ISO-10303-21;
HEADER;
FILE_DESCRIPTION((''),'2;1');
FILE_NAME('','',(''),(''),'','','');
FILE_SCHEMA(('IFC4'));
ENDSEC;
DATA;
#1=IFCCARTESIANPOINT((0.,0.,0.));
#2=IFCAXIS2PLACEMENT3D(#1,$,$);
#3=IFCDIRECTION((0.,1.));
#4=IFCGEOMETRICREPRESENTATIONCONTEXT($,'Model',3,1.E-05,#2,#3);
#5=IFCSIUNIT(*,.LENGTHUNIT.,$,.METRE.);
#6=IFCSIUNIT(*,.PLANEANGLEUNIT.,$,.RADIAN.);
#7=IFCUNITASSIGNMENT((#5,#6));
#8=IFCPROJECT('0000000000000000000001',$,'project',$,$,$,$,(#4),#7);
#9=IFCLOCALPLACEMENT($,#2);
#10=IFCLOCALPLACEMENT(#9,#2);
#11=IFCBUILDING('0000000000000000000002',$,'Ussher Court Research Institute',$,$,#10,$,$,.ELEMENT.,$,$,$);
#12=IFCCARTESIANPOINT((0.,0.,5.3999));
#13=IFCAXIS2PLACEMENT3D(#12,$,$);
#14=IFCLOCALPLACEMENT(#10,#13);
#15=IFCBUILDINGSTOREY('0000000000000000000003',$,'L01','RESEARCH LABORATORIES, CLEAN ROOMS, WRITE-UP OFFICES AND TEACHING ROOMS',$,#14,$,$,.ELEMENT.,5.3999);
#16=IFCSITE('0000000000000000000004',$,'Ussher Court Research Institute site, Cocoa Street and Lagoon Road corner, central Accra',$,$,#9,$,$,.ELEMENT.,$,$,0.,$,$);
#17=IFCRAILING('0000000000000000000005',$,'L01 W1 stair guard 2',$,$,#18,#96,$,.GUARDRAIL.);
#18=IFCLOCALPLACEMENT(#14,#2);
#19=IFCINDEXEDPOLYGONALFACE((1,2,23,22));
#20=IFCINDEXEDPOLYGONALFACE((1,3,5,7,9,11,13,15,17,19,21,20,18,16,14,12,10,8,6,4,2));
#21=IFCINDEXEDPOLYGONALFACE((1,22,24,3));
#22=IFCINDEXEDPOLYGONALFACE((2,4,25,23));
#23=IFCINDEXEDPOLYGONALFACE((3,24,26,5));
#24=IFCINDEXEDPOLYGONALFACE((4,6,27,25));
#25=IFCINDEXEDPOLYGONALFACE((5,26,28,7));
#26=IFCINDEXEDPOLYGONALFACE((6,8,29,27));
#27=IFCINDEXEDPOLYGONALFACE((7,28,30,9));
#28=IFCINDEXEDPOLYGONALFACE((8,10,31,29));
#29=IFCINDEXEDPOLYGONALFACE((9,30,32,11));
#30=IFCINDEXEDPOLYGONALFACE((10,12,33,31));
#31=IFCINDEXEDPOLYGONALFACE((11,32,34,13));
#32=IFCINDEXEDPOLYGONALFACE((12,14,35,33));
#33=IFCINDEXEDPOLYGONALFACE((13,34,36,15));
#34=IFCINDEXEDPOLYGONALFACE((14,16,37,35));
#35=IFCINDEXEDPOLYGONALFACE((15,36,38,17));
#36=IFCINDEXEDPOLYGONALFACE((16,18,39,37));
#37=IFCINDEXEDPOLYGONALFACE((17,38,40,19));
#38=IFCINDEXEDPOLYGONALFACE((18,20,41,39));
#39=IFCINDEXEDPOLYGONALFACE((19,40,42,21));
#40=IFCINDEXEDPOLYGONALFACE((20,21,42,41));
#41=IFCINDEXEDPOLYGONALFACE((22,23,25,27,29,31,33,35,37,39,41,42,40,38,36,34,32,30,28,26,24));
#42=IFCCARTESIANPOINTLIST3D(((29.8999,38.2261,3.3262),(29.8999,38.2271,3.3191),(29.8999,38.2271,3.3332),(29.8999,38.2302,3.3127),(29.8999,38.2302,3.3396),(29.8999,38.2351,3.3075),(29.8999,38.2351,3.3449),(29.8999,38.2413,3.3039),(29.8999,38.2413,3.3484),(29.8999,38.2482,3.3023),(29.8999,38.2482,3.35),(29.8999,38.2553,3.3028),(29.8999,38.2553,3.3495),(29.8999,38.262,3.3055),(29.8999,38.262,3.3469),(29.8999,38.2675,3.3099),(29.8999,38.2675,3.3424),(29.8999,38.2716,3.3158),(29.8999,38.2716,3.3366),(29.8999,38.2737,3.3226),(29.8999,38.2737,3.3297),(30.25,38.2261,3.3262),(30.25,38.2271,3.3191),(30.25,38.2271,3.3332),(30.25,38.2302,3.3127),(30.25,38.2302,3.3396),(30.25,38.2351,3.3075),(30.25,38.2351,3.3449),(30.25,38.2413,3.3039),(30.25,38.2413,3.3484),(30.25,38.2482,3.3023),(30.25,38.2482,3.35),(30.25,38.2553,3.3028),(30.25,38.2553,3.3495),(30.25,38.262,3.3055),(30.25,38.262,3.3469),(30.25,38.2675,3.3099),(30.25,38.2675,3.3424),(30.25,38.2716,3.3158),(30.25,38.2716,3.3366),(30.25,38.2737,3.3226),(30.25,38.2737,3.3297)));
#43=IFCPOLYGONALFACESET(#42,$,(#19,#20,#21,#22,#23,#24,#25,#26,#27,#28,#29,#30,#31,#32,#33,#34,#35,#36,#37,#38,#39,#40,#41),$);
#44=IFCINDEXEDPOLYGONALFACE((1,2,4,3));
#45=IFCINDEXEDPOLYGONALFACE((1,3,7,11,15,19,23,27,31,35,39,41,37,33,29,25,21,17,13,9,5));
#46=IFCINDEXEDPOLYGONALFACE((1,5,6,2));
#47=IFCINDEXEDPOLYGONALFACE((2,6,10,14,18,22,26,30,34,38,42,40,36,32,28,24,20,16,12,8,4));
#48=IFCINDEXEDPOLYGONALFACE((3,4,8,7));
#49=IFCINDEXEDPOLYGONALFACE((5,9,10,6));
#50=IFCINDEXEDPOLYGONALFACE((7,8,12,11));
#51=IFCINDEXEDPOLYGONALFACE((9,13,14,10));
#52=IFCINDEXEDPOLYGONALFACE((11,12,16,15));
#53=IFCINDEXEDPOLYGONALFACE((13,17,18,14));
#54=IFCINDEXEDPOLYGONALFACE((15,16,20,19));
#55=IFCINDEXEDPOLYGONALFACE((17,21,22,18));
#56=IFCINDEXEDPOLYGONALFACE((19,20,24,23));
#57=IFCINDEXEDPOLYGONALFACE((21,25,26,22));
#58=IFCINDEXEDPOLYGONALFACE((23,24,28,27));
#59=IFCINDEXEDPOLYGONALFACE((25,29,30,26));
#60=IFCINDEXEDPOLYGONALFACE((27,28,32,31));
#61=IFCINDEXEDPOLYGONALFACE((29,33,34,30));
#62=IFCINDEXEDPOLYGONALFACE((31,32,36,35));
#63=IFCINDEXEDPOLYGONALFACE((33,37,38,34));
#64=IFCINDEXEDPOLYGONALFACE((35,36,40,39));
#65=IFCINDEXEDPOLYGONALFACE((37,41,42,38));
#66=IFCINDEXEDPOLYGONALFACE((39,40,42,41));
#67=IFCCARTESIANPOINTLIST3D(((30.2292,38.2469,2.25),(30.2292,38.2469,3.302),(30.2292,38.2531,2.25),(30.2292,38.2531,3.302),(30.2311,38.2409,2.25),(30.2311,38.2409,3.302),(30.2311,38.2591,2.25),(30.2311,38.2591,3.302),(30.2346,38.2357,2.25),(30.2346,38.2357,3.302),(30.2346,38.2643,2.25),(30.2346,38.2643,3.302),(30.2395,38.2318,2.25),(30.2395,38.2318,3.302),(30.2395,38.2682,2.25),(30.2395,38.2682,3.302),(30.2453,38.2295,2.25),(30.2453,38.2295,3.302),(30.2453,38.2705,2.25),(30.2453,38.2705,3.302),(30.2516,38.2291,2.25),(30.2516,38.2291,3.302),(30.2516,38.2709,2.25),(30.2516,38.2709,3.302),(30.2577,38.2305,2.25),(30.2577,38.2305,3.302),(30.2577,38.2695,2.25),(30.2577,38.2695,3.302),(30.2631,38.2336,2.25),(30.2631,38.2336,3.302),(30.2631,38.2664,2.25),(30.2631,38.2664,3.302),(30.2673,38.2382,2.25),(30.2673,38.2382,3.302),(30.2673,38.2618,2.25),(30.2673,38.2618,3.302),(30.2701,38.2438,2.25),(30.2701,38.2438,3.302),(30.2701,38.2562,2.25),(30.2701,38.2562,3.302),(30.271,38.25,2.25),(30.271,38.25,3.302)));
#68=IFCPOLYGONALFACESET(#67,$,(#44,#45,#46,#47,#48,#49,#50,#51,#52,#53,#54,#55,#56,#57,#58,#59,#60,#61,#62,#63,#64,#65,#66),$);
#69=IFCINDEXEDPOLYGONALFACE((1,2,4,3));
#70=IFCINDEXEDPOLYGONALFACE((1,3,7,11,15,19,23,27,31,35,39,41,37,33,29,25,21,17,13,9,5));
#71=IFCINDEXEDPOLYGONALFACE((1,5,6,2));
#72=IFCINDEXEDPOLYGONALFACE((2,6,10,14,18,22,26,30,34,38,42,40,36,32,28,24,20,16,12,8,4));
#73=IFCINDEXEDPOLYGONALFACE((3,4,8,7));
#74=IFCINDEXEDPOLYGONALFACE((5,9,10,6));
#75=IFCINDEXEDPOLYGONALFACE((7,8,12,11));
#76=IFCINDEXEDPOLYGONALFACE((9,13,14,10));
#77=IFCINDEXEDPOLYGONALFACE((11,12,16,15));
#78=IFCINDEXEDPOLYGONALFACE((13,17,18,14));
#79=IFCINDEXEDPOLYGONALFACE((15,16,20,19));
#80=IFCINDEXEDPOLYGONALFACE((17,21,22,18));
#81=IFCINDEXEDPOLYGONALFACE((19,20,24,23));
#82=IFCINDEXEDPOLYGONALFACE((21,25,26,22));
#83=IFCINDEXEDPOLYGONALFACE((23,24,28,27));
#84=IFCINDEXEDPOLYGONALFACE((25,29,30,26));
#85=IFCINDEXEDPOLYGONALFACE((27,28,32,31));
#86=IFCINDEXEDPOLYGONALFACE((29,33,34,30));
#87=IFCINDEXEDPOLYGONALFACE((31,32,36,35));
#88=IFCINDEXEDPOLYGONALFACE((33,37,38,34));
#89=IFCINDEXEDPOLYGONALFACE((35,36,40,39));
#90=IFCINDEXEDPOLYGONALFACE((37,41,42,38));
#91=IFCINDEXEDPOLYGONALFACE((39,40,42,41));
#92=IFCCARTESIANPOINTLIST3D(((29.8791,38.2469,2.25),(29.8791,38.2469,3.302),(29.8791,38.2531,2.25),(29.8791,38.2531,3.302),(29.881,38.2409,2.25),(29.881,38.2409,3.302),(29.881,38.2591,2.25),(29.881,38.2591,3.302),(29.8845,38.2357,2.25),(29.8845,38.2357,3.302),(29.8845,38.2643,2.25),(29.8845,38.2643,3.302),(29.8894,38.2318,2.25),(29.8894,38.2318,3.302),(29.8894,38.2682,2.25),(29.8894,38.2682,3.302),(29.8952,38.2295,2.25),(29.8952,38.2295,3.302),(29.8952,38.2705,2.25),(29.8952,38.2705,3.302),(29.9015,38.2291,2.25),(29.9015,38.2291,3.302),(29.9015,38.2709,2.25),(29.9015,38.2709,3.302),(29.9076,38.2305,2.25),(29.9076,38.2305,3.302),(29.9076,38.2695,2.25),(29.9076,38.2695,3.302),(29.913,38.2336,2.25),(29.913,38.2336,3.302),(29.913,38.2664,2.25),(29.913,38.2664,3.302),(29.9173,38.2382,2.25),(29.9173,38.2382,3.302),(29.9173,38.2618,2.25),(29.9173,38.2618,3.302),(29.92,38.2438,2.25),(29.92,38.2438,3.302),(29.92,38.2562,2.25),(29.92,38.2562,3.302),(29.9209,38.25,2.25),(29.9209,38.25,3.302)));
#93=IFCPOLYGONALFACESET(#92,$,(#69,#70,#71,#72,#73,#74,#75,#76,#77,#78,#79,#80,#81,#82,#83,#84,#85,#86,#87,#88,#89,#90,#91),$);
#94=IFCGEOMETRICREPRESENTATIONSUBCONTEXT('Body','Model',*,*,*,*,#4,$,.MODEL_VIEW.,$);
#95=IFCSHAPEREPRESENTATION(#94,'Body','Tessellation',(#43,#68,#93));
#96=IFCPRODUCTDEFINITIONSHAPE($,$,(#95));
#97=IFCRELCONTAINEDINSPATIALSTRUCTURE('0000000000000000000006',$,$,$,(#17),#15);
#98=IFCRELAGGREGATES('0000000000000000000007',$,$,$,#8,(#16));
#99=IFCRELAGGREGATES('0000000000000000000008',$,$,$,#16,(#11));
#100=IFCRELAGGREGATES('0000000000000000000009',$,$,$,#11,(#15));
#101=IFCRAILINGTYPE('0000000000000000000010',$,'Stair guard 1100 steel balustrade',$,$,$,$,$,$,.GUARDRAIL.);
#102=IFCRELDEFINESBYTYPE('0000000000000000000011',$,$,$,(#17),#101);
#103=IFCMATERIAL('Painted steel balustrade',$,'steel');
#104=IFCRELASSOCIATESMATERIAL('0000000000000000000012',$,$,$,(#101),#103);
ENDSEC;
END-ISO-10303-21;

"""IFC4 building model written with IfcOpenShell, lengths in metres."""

from ifc_helpers import new_model, si_unit, direction, frame, origin, origin_2d, place, context, subcontext, project, spatial, circle, extrude, material, type_object, element, save


model = new_model("IFC4")

# Units and contexts
model_context = context("Model", 3, precision=1e-05, world=origin(), true_north=direction((0.0, 1.0)))
body_context = subcontext(model_context, "Body", "Model", "MODEL_VIEW")
ifc_project = project(units=[si_unit("LENGTHUNIT", "METRE"), si_unit("PLANEANGLEUNIT", "RADIAN")], contexts=[model_context])

# Site, building, storey
site_placement = place(None, origin())
site = spatial("IfcSite", under=ifc_project, at=site_placement, Name="Ussher Court Research Institute site, Cocoa Street and Lagoon Road corner, central Accra", CompositionType="ELEMENT", RefElevation=0.0)
building_placement = place(site_placement, origin())
building = spatial("IfcBuilding", under=site, at=building_placement, Name="Ussher Court Research Institute", CompositionType="ELEMENT")
storey_placement = place(building_placement, frame((0.0, 0.0, 5.3999)))
storey = spatial("IfcBuildingStorey", under=building, at=storey_placement, Name="L01", Description="RESEARCH LABORATORIES, CLEAN ROOMS, WRITE-UP OFFICES AND TEACHING ROOMS", CompositionType="ELEMENT", Elevation=5.3999)

# Railing
ifc_material_1 = material(Name="Painted steel balustrade", Category="steel")
railing_type_1 = type_object("IfcRailingType", Name="Stair guard 1100 steel balustrade", PredefinedType="GUARDRAIL", material=ifc_material_1)
railing_1_placement = place(storey_placement, frame((30.25, 38.25, 2.25)))
element("IfcRailing", 1, at=railing_1_placement, inside=storey, type_object=railing_type_1, Name="L01 W1 stair guard 2", PredefinedType="GUARDRAIL", context=body_context, shape_type="SweptSolid", body=[
    extrude(circle(Radius=0.0239, at=origin_2d()), frame((0.0, 0.0, 1.0762), z_axis=(-1.0, 0.0, 0.0), x_axis=(0.0, -1.0, 0.0)), (0.0, 0.0, 1.0), 0.3501),
    extrude(circle(Radius=0.021, at=origin_2d()), origin(), (0.0, 0.0, 1.0), 1.052),
    extrude(circle(Radius=0.021, at=origin_2d()), frame((-0.3501, 0.0, 0.0)), (0.0, 0.0, 1.0), 1.052),
])

save(model, "model.ifc")
